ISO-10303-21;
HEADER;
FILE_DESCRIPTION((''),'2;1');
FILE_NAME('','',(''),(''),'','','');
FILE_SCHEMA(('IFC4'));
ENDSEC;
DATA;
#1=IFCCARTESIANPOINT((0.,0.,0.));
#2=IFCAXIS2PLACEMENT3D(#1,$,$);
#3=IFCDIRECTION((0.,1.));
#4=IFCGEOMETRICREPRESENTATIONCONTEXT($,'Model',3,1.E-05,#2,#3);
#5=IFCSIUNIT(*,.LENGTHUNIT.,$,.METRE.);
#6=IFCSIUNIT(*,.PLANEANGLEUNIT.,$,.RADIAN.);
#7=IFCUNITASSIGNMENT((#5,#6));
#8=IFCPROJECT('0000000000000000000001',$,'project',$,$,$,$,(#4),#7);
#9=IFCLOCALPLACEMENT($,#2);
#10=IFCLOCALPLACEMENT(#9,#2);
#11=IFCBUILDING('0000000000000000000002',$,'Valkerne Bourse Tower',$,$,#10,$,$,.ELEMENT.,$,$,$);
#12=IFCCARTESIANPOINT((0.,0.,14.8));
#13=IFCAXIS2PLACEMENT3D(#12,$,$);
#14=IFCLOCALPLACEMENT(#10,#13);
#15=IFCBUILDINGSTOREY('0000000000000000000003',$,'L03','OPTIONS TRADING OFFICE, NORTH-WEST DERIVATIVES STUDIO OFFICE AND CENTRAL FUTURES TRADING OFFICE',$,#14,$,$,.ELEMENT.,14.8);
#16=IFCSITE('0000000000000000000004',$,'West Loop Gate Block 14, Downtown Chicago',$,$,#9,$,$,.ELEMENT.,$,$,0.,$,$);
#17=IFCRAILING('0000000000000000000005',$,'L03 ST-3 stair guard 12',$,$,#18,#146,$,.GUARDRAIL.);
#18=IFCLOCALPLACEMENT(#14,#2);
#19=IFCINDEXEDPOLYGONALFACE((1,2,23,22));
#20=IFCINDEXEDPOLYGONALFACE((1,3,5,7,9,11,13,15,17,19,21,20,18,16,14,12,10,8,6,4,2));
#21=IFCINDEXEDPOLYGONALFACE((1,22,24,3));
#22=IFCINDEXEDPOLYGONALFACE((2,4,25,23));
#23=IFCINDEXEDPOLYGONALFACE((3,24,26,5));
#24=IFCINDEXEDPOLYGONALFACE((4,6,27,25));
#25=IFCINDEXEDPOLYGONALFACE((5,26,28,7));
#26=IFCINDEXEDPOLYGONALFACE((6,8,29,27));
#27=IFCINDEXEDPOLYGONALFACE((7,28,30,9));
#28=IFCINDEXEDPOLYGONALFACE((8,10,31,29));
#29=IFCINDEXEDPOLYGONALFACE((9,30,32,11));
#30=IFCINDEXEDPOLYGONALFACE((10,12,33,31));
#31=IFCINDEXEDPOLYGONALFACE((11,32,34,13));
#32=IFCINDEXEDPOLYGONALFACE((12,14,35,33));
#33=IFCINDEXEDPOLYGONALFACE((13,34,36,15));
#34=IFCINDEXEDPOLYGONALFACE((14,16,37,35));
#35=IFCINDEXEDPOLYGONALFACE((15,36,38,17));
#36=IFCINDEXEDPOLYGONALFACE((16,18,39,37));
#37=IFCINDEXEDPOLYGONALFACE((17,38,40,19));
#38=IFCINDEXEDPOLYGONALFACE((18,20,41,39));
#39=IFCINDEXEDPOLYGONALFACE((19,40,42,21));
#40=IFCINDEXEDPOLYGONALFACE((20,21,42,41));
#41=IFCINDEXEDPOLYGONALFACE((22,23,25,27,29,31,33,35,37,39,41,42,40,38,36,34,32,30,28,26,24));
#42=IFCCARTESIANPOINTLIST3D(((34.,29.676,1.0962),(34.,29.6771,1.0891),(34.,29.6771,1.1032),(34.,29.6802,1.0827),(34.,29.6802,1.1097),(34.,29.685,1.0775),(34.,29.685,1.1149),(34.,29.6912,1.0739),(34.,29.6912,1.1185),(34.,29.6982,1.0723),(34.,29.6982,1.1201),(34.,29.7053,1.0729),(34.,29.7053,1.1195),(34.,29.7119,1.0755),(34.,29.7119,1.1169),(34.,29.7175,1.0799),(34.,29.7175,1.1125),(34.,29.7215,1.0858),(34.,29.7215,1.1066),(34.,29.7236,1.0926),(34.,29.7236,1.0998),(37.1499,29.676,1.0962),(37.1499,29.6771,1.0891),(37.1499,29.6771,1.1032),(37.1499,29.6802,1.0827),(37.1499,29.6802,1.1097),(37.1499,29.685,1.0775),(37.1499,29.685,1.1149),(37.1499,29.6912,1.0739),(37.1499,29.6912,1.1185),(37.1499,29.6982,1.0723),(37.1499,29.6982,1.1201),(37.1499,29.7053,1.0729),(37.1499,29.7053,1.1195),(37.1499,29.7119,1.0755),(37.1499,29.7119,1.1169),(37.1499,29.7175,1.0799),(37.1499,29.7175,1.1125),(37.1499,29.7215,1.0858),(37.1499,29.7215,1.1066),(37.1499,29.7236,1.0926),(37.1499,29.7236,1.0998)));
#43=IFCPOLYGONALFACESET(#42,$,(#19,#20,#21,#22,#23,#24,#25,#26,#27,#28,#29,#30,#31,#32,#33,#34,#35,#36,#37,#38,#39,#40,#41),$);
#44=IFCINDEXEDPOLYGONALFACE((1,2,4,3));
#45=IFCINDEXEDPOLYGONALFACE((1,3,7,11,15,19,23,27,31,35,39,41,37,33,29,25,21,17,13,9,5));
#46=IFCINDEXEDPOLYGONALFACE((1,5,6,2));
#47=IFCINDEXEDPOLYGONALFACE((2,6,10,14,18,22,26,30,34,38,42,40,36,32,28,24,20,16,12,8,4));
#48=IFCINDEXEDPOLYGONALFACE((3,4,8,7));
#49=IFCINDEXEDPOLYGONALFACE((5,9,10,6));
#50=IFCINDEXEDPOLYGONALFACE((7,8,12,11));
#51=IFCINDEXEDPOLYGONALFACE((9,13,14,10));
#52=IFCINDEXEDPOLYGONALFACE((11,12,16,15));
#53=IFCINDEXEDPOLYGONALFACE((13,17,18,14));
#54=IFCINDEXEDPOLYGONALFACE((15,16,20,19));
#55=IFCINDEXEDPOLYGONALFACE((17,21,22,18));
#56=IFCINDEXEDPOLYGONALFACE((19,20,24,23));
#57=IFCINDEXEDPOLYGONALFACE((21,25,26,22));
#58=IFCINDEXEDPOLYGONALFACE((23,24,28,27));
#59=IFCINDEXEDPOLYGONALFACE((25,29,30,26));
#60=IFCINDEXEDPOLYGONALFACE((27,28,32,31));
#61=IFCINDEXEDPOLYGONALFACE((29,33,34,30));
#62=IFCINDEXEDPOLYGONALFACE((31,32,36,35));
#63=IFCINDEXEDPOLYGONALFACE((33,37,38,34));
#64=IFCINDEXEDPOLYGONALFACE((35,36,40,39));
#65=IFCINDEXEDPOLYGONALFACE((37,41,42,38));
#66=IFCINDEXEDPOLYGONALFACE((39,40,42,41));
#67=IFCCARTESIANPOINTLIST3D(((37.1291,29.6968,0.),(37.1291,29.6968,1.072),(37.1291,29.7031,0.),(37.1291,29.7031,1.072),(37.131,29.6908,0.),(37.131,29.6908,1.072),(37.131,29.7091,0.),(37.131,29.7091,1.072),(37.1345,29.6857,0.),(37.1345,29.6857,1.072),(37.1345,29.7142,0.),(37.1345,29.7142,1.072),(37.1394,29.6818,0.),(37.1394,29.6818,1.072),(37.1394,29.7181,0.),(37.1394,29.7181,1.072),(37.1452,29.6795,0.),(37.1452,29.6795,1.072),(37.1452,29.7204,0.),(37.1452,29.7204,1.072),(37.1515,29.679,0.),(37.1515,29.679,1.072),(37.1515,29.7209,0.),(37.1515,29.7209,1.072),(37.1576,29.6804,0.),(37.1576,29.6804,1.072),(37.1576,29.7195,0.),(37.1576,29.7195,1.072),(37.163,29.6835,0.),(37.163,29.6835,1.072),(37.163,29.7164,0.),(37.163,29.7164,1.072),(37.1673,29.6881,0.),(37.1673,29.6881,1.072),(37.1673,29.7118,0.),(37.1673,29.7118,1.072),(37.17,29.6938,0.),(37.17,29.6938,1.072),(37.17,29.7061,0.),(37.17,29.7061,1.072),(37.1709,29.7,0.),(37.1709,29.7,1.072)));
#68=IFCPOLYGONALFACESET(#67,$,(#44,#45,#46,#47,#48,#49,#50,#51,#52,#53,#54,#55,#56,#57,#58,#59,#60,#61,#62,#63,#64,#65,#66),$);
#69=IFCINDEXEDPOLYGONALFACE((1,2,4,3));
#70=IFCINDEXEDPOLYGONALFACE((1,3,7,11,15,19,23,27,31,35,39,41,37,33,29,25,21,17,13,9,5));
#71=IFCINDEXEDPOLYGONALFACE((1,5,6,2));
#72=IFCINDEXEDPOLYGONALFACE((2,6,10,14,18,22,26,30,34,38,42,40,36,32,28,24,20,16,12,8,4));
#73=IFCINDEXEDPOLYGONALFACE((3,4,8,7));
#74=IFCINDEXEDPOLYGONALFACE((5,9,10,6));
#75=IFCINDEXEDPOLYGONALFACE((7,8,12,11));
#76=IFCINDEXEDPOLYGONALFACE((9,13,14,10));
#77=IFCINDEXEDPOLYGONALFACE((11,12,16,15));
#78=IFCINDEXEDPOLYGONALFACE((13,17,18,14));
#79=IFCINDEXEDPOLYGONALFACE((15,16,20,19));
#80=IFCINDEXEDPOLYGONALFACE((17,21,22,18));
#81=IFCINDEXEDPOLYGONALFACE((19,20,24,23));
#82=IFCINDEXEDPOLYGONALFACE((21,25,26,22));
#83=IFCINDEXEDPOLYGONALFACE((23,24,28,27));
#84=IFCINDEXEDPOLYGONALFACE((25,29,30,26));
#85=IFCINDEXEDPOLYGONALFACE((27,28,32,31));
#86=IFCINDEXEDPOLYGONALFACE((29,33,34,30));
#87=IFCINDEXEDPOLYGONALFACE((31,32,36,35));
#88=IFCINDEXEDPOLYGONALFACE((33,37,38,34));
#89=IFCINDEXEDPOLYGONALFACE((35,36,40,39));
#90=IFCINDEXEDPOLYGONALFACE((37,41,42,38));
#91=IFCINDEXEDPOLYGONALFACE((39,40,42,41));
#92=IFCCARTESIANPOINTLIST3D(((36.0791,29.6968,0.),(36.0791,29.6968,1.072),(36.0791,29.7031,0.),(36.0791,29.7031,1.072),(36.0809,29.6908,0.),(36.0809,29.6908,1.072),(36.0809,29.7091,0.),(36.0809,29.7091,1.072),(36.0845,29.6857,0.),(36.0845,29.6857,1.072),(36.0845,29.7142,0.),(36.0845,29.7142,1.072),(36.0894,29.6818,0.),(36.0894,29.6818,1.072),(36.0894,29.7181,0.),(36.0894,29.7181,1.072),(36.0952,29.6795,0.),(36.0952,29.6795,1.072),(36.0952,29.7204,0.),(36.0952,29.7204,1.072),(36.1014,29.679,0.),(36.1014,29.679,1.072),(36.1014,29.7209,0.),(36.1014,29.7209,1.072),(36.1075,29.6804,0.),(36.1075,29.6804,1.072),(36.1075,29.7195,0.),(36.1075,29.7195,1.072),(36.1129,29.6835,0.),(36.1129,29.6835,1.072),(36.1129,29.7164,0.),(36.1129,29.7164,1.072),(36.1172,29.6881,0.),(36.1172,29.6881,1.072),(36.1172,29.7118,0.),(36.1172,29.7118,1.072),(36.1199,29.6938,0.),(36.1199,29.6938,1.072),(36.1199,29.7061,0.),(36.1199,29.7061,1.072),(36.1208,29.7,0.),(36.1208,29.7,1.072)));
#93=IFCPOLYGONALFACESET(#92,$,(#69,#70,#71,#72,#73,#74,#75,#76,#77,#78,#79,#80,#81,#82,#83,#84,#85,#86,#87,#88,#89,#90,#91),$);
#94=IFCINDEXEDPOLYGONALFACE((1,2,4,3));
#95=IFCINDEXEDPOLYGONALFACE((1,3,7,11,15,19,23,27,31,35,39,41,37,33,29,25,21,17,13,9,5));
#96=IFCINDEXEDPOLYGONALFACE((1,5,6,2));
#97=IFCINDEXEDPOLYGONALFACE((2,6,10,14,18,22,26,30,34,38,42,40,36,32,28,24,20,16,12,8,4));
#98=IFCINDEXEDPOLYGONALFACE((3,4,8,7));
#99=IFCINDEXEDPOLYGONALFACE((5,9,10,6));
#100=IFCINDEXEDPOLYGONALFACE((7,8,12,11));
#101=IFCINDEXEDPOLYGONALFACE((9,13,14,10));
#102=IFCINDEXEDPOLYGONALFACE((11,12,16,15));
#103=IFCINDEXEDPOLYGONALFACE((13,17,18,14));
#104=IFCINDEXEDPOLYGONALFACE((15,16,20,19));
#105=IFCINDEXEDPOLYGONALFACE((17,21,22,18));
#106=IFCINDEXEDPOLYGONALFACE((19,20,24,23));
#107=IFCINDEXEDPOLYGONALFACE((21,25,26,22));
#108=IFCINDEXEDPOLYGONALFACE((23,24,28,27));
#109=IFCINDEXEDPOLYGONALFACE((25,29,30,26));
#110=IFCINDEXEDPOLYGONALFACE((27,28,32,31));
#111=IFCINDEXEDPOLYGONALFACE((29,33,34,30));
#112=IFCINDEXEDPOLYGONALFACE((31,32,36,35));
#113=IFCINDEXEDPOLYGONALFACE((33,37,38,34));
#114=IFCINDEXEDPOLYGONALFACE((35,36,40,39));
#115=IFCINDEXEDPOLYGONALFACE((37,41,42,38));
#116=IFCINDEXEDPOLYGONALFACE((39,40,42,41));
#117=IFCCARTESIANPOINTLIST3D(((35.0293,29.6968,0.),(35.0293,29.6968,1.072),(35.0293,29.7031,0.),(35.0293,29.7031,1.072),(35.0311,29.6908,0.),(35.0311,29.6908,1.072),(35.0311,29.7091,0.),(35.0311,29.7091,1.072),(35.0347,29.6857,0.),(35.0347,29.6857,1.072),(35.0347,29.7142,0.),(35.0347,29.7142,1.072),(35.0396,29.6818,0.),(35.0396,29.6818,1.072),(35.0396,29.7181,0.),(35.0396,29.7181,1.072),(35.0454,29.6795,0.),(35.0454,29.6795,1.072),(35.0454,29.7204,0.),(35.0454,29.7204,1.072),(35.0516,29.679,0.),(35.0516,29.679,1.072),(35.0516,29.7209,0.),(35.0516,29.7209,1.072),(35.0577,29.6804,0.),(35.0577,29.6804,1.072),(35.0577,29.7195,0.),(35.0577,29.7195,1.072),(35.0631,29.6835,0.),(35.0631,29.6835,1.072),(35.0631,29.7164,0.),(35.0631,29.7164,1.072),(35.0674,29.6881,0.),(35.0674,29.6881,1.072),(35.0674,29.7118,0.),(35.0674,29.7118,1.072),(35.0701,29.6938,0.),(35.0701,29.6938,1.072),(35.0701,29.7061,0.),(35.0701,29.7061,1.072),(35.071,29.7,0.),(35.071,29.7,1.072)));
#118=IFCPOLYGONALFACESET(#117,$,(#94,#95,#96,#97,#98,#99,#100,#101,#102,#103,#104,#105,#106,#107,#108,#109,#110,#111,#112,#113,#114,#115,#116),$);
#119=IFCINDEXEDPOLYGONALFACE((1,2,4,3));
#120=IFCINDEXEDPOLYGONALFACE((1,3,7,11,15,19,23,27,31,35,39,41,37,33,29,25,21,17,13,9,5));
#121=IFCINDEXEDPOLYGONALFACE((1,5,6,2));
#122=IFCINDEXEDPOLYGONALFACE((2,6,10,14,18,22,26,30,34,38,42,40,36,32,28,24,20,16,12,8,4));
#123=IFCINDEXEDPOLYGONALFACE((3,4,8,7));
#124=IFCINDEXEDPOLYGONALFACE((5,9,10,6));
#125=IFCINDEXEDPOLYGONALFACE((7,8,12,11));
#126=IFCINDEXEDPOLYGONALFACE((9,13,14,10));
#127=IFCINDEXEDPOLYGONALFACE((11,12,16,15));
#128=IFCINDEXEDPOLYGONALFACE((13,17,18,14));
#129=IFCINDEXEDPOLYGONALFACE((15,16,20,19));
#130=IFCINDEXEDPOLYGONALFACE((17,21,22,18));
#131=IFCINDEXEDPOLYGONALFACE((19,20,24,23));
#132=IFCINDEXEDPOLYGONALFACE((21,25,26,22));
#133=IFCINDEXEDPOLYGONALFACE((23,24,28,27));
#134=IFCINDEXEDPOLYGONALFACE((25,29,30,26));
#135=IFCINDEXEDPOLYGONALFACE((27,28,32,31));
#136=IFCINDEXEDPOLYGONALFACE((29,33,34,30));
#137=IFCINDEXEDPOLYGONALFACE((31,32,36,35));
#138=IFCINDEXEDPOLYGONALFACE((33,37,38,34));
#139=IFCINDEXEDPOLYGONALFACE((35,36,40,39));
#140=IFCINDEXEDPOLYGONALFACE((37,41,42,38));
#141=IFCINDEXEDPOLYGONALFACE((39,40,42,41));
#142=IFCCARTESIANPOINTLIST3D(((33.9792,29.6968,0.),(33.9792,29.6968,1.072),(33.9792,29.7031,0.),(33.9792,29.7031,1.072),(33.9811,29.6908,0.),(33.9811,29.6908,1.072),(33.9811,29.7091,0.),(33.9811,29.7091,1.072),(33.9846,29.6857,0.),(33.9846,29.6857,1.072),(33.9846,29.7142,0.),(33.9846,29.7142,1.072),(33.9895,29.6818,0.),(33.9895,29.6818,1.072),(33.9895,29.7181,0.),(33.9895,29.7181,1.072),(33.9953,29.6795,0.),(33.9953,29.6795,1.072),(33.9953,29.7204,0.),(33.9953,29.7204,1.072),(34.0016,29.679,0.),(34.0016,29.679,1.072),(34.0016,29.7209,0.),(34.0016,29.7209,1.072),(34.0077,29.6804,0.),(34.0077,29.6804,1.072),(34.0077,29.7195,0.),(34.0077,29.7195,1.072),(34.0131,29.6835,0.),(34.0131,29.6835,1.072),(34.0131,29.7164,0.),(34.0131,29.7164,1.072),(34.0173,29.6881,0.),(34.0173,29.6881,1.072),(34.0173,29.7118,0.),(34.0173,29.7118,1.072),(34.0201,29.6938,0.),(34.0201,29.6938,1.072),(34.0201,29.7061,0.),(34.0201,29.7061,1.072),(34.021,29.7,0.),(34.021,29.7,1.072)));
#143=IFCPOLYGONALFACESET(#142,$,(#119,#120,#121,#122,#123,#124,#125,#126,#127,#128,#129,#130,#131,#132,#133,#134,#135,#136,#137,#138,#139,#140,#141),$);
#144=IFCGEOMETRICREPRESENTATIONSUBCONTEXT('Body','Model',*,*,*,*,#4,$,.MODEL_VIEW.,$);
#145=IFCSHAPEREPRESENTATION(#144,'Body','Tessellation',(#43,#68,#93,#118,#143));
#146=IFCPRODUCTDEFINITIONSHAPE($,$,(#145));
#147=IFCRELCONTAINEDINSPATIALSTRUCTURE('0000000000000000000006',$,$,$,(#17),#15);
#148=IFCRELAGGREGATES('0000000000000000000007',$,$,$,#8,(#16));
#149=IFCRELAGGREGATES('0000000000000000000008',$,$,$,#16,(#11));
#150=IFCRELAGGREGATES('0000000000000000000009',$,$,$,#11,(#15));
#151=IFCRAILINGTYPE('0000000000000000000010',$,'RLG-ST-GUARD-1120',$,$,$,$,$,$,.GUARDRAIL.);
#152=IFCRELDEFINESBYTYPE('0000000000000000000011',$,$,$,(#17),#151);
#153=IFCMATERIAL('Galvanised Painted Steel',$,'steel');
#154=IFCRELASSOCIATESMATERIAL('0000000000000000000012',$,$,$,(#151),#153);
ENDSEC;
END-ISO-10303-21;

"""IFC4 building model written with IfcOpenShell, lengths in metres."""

from ifc_helpers import new_model, si_unit, direction, frame, origin, origin_2d, place, context, subcontext, project, spatial, circle, extrude, material, type_object, element, save


model = new_model("IFC4")

# Units and contexts
model_context = context("Model", 3, precision=1e-05, world=origin(), true_north=direction((0.0, 1.0)))
body_context = subcontext(model_context, "Body", "Model", "MODEL_VIEW")
ifc_project = project(units=[si_unit("LENGTHUNIT", "METRE"), si_unit("PLANEANGLEUNIT", "RADIAN")], contexts=[model_context])

# Site, building, storey
site_placement = place(None, origin())
site = spatial("IfcSite", under=ifc_project, at=site_placement, Name="West Loop Gate Block 14, Downtown Chicago", CompositionType="ELEMENT", RefElevation=0.0)
building_placement = place(site_placement, origin())
building = spatial("IfcBuilding", under=site, at=building_placement, Name="Valkerne Bourse Tower", CompositionType="ELEMENT")
storey_placement = place(building_placement, frame((0.0, 0.0, 14.8)))
storey = spatial("IfcBuildingStorey", under=building, at=storey_placement, Name="L03", Description="OPTIONS TRADING OFFICE, NORTH-WEST DERIVATIVES STUDIO OFFICE AND CENTRAL FUTURES TRADING OFFICE", CompositionType="ELEMENT", Elevation=14.8)

# Shared definitions
ifc_material_1 = material(Name="Galvanised Painted Steel", Category="steel")

# Railing
railing_type_1 = type_object("IfcRailingType", Name="RLG-ST-GUARD-1120", PredefinedType="GUARDRAIL", material=ifc_material_1)
railing_1_placement = place(storey_placement, frame((37.1499, 29.7, 0.0)))
element("IfcRailing", 1, at=railing_1_placement, inside=storey, type_object=railing_type_1, Name="L03 ST-3 stair guard 12", PredefinedType="GUARDRAIL", context=body_context, shape_type="SweptSolid", body=[
    extrude(circle(Radius=0.0239, at=origin_2d()), frame((0.0, 0.0, 1.0962), z_axis=(-1.0, 0.0, 0.0), x_axis=(0.0, -1.0, 0.0)), (0.0, 0.0, 1.0), 3.1499),
    extrude(circle(Radius=0.021, at=origin_2d()), origin(), (0.0, 0.0, 1.0), 1.072),
    extrude(circle(Radius=0.021, at=origin_2d()), frame((-1.05, 0.0, 0.0)), (0.0, 0.0, 1.0), 1.072),
    extrude(circle(Radius=0.021, at=origin_2d()), frame((-2.0999, 0.0, 0.0)), (0.0, 0.0, 1.0), 1.072),
    extrude(circle(Radius=0.021, at=origin_2d()), frame((-3.1499, 0.0, 0.0)), (0.0, 0.0, 1.0), 1.072),
])

save(model, "model.ifc")
